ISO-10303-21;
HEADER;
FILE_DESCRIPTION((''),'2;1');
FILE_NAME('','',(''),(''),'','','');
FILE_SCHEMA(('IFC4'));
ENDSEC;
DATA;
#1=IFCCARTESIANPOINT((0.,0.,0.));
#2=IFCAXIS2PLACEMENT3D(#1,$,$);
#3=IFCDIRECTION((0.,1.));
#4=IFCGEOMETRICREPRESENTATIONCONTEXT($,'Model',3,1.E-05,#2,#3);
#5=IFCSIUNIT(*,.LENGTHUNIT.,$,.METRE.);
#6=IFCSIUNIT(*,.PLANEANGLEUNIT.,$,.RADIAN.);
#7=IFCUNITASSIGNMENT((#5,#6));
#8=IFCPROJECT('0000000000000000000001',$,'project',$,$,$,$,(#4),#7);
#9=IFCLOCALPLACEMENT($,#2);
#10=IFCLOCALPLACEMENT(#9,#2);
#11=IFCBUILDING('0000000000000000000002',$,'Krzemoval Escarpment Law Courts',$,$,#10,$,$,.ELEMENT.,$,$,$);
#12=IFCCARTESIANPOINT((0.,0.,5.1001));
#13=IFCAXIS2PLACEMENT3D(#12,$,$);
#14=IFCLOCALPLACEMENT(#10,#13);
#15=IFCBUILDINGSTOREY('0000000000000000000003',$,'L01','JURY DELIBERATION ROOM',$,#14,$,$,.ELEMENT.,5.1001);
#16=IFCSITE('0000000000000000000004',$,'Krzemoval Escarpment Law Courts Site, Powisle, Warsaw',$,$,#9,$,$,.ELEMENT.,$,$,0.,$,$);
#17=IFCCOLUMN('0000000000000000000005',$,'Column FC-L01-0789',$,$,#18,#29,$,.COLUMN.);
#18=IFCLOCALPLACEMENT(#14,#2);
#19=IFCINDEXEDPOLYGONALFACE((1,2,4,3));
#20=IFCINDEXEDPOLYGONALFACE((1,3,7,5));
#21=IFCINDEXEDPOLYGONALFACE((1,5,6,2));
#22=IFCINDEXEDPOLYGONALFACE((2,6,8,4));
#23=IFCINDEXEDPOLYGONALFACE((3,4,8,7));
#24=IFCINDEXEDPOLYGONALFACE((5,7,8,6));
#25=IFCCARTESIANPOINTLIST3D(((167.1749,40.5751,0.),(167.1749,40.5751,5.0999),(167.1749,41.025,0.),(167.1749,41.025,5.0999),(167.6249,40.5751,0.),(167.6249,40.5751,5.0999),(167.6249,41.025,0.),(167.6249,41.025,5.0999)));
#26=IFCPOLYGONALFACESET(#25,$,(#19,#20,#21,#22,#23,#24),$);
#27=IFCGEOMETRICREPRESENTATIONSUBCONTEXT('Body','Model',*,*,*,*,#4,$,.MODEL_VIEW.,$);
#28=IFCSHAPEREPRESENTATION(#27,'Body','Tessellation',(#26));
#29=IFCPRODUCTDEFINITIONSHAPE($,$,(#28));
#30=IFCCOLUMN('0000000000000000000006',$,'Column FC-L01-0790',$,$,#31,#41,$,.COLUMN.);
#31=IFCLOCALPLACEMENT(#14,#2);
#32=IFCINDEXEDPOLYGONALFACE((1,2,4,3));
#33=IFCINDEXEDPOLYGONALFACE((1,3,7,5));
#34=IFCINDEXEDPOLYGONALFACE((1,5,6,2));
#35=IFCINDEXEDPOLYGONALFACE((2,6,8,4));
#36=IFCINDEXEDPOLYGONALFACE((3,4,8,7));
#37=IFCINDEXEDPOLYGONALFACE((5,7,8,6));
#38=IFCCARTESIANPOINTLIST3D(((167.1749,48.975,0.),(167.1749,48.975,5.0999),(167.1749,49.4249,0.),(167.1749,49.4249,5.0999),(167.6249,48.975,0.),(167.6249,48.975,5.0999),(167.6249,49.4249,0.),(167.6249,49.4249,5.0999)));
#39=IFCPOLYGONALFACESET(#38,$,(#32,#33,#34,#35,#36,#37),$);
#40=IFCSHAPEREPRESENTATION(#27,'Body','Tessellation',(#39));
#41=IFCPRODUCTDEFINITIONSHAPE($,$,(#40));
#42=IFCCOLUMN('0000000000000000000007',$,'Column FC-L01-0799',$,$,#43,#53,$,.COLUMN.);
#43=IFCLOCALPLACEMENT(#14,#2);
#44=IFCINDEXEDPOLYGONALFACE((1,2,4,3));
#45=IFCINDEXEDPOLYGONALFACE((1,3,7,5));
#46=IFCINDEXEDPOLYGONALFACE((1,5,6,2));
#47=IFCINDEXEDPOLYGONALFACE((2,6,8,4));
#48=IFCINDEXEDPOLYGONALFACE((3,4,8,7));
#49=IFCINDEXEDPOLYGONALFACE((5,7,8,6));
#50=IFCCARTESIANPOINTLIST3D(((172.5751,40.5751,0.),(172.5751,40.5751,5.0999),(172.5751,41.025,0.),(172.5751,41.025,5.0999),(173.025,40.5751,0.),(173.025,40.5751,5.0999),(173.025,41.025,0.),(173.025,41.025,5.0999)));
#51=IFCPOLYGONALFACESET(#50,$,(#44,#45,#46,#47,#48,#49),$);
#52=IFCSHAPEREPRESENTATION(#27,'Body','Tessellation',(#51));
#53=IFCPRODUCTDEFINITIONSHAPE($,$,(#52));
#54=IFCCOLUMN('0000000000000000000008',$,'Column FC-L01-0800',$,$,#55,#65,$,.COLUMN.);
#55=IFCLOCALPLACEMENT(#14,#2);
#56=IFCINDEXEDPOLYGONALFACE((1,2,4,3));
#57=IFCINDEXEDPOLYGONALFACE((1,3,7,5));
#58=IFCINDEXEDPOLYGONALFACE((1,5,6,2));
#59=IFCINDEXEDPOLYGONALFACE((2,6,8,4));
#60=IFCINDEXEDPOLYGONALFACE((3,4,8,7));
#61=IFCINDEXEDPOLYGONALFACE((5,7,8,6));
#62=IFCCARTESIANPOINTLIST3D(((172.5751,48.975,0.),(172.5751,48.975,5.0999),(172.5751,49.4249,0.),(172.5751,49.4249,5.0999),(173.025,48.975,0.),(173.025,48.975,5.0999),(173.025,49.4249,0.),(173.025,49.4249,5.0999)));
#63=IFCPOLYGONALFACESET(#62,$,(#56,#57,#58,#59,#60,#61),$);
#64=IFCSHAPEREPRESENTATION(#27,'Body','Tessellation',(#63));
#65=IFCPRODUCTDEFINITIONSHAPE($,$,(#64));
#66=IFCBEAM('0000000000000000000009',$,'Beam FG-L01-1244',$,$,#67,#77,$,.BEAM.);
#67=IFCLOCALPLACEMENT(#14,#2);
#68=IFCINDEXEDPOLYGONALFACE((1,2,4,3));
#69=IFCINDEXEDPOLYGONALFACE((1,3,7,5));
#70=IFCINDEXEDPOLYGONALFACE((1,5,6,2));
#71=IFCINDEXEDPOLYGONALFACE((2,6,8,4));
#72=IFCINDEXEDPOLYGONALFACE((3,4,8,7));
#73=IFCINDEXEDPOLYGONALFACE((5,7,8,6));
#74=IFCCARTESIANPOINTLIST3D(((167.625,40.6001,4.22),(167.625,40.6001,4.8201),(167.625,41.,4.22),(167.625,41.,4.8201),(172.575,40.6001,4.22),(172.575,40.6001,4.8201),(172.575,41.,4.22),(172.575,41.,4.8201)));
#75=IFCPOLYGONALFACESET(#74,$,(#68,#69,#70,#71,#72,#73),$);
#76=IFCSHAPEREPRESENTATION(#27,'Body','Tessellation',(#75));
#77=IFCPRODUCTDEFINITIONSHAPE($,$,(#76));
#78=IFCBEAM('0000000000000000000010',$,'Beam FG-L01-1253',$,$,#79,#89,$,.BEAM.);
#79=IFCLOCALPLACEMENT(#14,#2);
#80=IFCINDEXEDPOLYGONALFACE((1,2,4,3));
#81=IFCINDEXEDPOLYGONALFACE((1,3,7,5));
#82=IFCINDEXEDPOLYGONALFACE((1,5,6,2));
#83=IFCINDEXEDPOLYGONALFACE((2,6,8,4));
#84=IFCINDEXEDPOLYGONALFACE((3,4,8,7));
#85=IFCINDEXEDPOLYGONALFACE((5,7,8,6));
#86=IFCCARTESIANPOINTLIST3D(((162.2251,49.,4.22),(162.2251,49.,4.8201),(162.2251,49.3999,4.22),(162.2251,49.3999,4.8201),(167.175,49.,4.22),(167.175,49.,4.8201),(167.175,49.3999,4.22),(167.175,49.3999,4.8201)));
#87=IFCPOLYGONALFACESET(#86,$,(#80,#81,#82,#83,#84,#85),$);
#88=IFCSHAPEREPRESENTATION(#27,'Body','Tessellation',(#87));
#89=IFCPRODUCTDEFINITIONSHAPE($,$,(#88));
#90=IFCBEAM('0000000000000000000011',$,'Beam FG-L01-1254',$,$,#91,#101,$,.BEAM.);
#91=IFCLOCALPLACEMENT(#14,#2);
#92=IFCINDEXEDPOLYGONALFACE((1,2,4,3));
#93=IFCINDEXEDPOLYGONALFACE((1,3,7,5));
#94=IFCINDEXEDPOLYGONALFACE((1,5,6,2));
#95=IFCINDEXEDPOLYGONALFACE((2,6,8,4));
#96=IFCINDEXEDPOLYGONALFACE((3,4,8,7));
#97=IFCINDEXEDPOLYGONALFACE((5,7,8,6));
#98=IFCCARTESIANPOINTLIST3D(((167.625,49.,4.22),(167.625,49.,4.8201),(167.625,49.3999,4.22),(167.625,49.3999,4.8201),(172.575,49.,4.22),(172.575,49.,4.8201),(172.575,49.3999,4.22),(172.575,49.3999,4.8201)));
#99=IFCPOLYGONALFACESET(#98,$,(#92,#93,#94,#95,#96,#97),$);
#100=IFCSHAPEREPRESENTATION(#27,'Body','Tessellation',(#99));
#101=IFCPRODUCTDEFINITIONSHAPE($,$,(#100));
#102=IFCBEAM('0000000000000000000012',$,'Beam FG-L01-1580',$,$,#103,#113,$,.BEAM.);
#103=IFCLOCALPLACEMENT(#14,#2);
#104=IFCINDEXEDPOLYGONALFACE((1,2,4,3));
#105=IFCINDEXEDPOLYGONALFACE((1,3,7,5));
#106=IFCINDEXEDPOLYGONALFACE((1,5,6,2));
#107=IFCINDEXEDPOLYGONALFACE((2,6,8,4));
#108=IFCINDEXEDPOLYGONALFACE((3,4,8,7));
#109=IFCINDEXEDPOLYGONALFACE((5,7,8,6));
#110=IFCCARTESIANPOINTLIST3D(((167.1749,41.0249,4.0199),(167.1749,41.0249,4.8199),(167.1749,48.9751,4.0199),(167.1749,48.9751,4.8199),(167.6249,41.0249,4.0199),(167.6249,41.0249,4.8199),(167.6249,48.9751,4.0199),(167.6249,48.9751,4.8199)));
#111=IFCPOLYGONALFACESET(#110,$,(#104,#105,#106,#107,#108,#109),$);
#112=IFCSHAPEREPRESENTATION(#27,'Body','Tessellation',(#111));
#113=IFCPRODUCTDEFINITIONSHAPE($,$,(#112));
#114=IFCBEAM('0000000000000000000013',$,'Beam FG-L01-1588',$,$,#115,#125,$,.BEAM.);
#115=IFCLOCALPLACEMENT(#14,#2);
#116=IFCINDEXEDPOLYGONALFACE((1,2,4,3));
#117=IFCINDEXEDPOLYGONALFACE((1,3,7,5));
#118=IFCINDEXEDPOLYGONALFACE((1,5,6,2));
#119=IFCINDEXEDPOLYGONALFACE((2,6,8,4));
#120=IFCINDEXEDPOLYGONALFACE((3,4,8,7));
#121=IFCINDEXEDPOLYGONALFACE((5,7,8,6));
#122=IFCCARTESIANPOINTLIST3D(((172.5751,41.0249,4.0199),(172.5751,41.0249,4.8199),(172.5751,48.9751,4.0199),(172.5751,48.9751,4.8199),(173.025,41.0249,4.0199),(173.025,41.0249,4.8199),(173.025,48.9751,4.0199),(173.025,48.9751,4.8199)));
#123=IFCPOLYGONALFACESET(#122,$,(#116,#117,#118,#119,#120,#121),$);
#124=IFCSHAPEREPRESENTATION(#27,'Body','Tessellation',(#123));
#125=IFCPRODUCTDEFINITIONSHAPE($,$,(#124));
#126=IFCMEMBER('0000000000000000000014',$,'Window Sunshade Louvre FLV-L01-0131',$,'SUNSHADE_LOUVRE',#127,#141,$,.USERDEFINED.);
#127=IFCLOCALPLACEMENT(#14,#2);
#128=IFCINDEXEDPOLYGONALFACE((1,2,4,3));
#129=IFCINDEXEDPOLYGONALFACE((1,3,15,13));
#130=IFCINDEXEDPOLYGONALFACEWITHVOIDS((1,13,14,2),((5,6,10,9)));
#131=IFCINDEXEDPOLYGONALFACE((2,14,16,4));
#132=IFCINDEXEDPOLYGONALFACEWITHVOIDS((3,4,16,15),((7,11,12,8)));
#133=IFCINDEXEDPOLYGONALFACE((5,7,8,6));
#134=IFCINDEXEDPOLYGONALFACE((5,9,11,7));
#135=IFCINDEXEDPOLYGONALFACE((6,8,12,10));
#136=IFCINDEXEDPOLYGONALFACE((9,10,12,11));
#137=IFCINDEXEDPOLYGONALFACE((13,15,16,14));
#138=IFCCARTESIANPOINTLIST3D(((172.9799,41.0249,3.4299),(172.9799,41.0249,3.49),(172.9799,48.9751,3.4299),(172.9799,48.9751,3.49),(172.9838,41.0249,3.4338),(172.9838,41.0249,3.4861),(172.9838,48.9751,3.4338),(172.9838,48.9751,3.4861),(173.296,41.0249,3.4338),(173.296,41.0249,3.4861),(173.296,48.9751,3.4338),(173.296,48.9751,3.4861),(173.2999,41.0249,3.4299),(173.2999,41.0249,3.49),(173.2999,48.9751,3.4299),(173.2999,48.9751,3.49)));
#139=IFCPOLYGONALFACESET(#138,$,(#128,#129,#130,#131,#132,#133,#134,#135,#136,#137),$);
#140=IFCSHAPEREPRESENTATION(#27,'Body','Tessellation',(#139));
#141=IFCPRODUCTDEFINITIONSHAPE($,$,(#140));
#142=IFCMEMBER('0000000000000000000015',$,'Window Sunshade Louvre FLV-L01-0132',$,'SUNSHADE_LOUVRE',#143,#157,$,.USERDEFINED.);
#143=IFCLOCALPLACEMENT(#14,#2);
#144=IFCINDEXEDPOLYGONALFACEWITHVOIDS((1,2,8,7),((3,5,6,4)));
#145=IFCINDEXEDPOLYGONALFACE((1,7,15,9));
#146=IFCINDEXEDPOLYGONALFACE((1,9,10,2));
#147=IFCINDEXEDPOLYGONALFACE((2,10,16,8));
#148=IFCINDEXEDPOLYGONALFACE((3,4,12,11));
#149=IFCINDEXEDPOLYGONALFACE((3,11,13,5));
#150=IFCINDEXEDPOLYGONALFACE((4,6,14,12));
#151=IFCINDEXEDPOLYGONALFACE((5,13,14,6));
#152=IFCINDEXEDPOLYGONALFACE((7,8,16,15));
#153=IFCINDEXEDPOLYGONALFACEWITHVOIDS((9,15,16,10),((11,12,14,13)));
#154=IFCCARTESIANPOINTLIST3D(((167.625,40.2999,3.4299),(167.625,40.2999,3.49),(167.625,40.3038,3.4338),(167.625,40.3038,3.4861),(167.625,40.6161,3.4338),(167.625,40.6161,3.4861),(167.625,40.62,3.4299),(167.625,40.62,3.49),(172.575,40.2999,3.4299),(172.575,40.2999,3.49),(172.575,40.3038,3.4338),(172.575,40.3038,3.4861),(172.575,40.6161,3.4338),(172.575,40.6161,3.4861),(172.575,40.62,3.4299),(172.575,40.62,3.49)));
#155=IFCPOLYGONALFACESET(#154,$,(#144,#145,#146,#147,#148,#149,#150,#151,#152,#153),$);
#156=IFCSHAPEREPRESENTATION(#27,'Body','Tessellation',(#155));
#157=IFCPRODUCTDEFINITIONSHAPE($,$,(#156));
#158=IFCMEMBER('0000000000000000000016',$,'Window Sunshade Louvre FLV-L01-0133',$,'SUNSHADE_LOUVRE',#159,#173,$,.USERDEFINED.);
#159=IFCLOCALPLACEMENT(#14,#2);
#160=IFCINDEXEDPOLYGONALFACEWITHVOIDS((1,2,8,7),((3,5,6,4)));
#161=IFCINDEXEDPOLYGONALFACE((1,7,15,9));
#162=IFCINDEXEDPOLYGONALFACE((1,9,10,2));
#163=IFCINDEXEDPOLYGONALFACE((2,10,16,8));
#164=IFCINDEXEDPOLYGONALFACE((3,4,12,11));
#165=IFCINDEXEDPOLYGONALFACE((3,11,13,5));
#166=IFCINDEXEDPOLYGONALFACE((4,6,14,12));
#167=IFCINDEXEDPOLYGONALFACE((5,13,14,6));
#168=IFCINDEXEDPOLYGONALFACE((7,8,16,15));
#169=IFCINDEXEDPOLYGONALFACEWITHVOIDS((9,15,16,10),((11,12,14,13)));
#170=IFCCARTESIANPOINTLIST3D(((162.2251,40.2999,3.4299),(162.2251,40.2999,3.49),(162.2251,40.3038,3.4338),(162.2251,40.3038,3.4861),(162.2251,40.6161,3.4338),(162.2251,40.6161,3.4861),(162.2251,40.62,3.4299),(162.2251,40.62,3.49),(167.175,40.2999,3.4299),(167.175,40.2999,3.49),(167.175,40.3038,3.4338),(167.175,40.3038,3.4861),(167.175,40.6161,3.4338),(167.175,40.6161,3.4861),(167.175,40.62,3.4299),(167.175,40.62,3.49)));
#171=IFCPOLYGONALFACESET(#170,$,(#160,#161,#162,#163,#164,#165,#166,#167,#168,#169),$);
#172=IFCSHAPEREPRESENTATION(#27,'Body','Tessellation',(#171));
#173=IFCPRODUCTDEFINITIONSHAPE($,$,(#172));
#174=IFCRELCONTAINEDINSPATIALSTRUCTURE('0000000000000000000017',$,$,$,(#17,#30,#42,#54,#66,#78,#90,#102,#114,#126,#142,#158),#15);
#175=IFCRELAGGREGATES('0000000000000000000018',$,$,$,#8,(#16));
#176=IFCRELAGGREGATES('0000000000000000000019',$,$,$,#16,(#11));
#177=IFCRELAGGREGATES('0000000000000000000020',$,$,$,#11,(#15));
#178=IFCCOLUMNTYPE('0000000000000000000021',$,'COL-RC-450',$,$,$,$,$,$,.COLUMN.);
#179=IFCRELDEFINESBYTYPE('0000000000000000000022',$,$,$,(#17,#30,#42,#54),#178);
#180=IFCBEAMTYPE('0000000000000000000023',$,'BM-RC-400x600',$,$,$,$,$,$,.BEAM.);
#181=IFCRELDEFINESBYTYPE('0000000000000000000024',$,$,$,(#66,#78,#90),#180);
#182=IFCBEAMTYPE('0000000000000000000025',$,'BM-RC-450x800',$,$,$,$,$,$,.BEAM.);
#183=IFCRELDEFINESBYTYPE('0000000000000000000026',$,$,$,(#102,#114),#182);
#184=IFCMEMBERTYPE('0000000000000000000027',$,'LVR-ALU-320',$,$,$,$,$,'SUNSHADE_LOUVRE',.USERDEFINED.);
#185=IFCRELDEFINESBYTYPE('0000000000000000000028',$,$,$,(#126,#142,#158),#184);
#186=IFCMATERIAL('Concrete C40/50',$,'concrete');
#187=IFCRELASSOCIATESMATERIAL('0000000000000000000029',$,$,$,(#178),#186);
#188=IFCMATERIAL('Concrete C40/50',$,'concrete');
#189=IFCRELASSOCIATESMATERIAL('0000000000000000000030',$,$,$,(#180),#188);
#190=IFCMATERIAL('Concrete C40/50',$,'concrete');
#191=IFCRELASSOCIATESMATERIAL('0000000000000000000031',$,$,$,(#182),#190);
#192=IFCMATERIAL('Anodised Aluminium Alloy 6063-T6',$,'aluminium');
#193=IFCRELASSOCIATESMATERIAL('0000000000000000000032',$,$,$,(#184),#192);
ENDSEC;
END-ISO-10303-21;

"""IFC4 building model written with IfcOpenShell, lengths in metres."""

from ifc_helpers import new_model, si_unit, direction, frame, origin, origin_2d, place, context, subcontext, project, spatial, rectangle, hollow_rectangle, extrude, material, material_profile, profile_set, type_object, element, save


model = new_model("IFC4")

# Units and contexts
model_context = context("Model", 3, precision=1e-05, world=origin(), true_north=direction((0.0, 1.0)))
body_context = subcontext(model_context, "Body", "Model", "MODEL_VIEW")
ifc_project = project(units=[si_unit("LENGTHUNIT", "METRE"), si_unit("PLANEANGLEUNIT", "RADIAN")], contexts=[model_context])

# Site, building, storey
site_placement = place(None, origin())
site = spatial("IfcSite", under=ifc_project, at=site_placement, Name="Krzemoval Escarpment Law Courts Site, Powisle, Warsaw", CompositionType="ELEMENT", RefElevation=0.0)
building_placement = place(site_placement, origin())
building = spatial("IfcBuilding", under=site, at=building_placement, Name="Krzemoval Escarpment Law Courts", CompositionType="ELEMENT")
storey_placement = place(building_placement, frame((0.0, 0.0, 5.1001)))
storey = spatial("IfcBuildingStorey", under=building, at=storey_placement, Name="L01", Description="JURY DELIBERATION ROOM", CompositionType="ELEMENT", Elevation=5.1001)

# Columns
ifc_material_1 = material(Name="Concrete C40/50", Category="concrete")
ifc_material_profile_1 = material_profile(ifc_material_1, rectangle(XDim=0.45, YDim=0.45, at=origin_2d()), Name="RC 450x450")
ifc_profile_set_1 = profile_set([ifc_material_profile_1], Name="Concrete C40/50")
column_type = type_object("IfcColumnType", Name="COL-RC-450", PredefinedType="COLUMN", material=ifc_profile_set_1)
for number, where, z_axis, x_axis, name in (
    (1, (167.3999, 40.8, 0.0), (0.0, 0.0, 1.0), (1.0, 0.0, 0.0), "Column FC-L01-0789"),
    (2, (167.3999, 49.2, 0.0), (0.0, 0.0, 1.0), (1.0, 0.0, 0.0), "Column FC-L01-0790"),
    (3, (172.8, 40.8, 0.0), (0.0, 0.0, 1.0), (1.0, 0.0, 0.0), "Column FC-L01-0799"),
    (4, (172.8, 49.2, 0.0), (0.0, 0.0, 1.0), (1.0, 0.0, 0.0), "Column FC-L01-0800"),
):
    element("IfcColumn", number, at=place(storey_placement, frame(where, z_axis=z_axis, x_axis=x_axis)), inside=storey, type_object=column_type, Name=name, PredefinedType="COLUMN", context=body_context, shape_type="SweptSolid", body=[
        extrude(rectangle(XDim=0.45, YDim=0.45, at=origin_2d()), origin(), (0.0, 0.0, 1.0), 5.0999),
    ])

# Beams
ifc_material_2 = material(Name="Concrete C40/50", Category="concrete")
ifc_material_profile_2 = material_profile(ifc_material_2, rectangle(XDim=0.3999, YDim=0.6001, at=origin_2d()), Name="RCB 400x600")
ifc_profile_set_2 = profile_set([ifc_material_profile_2], Name="Concrete C40/50")
beam_type_1 = type_object("IfcBeamType", Name="BM-RC-400x600", PredefinedType="BEAM", material=ifc_profile_set_2)
for number, where, z_axis, x_axis, name in (
    (5, (167.625, 40.8, 4.52), (1.0, 0.0, 0.0), (0.0, 1.0, 0.0), "Beam FG-L01-1244"),
    (6, (162.2251, 49.2, 4.52), (1.0, 0.0, 0.0), (0.0, 1.0, 0.0), "Beam FG-L01-1253"),
    (7, (167.625, 49.2, 4.52), (1.0, 0.0, 0.0), (0.0, 1.0, 0.0), "Beam FG-L01-1254"),
):
    element("IfcBeam", number, at=place(storey_placement, frame(where, z_axis=z_axis, x_axis=x_axis)), inside=storey, type_object=beam_type_1, Name=name, PredefinedType="BEAM", context=body_context, shape_type="SweptSolid", body=[
        extrude(rectangle(XDim=0.3999, YDim=0.6001, at=origin_2d()), origin(), (0.0, 0.0, 1.0), 4.95),
    ])
ifc_material_3 = material(Name="Concrete C40/50", Category="concrete")
ifc_material_profile_3 = material_profile(ifc_material_3, rectangle(XDim=0.45, YDim=0.8, at=origin_2d()), Name="RCB 450x800")
ifc_profile_set_3 = profile_set([ifc_material_profile_3], Name="Concrete C40/50")
beam_type_2 = type_object("IfcBeamType", Name="BM-RC-450x800", PredefinedType="BEAM", material=ifc_profile_set_3)
for number, where, z_axis, x_axis, name in (
    (8, (167.3999, 41.0249, 4.4199), (0.0, 1.0, 0.0), (-1.0, 0.0, 0.0), "Beam FG-L01-1580"),
    (9, (172.8, 41.0249, 4.4199), (0.0, 1.0, 0.0), (-1.0, 0.0, 0.0), "Beam FG-L01-1588"),
):
    element("IfcBeam", number, at=place(storey_placement, frame(where, z_axis=z_axis, x_axis=x_axis)), inside=storey, type_object=beam_type_2, Name=name, PredefinedType="BEAM", context=body_context, shape_type="SweptSolid", body=[
        extrude(rectangle(XDim=0.45, YDim=0.8, at=origin_2d()), origin(), (0.0, 0.0, 1.0), 7.9502),
    ])

# Members
ifc_material_4 = material(Name="Anodised Aluminium Alloy 6063-T6", Category="aluminium")
ifc_material_profile_4 = material_profile(ifc_material_4, hollow_rectangle(XDim=0.0601, YDim=0.3201, WallThickness=0.0039, at=origin_2d()), Name="ALU LVR 60x320")
ifc_profile_set_4 = profile_set([ifc_material_profile_4], Name="Anodised Aluminium Alloy 6063-T6")
member_type = type_object("IfcMemberType", Name="LVR-ALU-320", ElementType="SUNSHADE_LOUVRE", PredefinedType="USERDEFINED", material=ifc_profile_set_4)
member_placement = place(storey_placement, frame((173.1399, 48.9751, 3.46), z_axis=(0.0, -1.0, 0.0), x_axis=(0.0, 0.0, 1.0)))
element("IfcMember", 10, at=member_placement, inside=storey, type_object=member_type, Name="Window Sunshade Louvre FLV-L01-0131", ObjectType="SUNSHADE_LOUVRE", PredefinedType="USERDEFINED", context=body_context, shape_type="SweptSolid", body=[
    extrude(hollow_rectangle(XDim=0.0601, YDim=0.3201, WallThickness=0.0039, at=origin_2d()), origin(), (0.0, 0.0, 1.0), 7.9502),
])
for number, where, z_axis, x_axis, name in (
    (11, (172.575, 40.46, 3.46), (-1.0, 0.0, 0.0), (0.0, 0.0, 1.0), "Window Sunshade Louvre FLV-L01-0132"),
    (12, (167.175, 40.46, 3.46), (-1.0, 0.0, 0.0), (0.0, 0.0, 1.0), "Window Sunshade Louvre FLV-L01-0133"),
):
    element("IfcMember", number, at=place(storey_placement, frame(where, z_axis=z_axis, x_axis=x_axis)), inside=storey, type_object=member_type, Name=name, ObjectType="SUNSHADE_LOUVRE", PredefinedType="USERDEFINED", context=body_context, shape_type="SweptSolid", body=[
        extrude(hollow_rectangle(XDim=0.0601, YDim=0.3201, WallThickness=0.0039, at=origin_2d()), origin(), (0.0, 0.0, 1.0), 4.95),
    ])

save(model, "model.ifc")
